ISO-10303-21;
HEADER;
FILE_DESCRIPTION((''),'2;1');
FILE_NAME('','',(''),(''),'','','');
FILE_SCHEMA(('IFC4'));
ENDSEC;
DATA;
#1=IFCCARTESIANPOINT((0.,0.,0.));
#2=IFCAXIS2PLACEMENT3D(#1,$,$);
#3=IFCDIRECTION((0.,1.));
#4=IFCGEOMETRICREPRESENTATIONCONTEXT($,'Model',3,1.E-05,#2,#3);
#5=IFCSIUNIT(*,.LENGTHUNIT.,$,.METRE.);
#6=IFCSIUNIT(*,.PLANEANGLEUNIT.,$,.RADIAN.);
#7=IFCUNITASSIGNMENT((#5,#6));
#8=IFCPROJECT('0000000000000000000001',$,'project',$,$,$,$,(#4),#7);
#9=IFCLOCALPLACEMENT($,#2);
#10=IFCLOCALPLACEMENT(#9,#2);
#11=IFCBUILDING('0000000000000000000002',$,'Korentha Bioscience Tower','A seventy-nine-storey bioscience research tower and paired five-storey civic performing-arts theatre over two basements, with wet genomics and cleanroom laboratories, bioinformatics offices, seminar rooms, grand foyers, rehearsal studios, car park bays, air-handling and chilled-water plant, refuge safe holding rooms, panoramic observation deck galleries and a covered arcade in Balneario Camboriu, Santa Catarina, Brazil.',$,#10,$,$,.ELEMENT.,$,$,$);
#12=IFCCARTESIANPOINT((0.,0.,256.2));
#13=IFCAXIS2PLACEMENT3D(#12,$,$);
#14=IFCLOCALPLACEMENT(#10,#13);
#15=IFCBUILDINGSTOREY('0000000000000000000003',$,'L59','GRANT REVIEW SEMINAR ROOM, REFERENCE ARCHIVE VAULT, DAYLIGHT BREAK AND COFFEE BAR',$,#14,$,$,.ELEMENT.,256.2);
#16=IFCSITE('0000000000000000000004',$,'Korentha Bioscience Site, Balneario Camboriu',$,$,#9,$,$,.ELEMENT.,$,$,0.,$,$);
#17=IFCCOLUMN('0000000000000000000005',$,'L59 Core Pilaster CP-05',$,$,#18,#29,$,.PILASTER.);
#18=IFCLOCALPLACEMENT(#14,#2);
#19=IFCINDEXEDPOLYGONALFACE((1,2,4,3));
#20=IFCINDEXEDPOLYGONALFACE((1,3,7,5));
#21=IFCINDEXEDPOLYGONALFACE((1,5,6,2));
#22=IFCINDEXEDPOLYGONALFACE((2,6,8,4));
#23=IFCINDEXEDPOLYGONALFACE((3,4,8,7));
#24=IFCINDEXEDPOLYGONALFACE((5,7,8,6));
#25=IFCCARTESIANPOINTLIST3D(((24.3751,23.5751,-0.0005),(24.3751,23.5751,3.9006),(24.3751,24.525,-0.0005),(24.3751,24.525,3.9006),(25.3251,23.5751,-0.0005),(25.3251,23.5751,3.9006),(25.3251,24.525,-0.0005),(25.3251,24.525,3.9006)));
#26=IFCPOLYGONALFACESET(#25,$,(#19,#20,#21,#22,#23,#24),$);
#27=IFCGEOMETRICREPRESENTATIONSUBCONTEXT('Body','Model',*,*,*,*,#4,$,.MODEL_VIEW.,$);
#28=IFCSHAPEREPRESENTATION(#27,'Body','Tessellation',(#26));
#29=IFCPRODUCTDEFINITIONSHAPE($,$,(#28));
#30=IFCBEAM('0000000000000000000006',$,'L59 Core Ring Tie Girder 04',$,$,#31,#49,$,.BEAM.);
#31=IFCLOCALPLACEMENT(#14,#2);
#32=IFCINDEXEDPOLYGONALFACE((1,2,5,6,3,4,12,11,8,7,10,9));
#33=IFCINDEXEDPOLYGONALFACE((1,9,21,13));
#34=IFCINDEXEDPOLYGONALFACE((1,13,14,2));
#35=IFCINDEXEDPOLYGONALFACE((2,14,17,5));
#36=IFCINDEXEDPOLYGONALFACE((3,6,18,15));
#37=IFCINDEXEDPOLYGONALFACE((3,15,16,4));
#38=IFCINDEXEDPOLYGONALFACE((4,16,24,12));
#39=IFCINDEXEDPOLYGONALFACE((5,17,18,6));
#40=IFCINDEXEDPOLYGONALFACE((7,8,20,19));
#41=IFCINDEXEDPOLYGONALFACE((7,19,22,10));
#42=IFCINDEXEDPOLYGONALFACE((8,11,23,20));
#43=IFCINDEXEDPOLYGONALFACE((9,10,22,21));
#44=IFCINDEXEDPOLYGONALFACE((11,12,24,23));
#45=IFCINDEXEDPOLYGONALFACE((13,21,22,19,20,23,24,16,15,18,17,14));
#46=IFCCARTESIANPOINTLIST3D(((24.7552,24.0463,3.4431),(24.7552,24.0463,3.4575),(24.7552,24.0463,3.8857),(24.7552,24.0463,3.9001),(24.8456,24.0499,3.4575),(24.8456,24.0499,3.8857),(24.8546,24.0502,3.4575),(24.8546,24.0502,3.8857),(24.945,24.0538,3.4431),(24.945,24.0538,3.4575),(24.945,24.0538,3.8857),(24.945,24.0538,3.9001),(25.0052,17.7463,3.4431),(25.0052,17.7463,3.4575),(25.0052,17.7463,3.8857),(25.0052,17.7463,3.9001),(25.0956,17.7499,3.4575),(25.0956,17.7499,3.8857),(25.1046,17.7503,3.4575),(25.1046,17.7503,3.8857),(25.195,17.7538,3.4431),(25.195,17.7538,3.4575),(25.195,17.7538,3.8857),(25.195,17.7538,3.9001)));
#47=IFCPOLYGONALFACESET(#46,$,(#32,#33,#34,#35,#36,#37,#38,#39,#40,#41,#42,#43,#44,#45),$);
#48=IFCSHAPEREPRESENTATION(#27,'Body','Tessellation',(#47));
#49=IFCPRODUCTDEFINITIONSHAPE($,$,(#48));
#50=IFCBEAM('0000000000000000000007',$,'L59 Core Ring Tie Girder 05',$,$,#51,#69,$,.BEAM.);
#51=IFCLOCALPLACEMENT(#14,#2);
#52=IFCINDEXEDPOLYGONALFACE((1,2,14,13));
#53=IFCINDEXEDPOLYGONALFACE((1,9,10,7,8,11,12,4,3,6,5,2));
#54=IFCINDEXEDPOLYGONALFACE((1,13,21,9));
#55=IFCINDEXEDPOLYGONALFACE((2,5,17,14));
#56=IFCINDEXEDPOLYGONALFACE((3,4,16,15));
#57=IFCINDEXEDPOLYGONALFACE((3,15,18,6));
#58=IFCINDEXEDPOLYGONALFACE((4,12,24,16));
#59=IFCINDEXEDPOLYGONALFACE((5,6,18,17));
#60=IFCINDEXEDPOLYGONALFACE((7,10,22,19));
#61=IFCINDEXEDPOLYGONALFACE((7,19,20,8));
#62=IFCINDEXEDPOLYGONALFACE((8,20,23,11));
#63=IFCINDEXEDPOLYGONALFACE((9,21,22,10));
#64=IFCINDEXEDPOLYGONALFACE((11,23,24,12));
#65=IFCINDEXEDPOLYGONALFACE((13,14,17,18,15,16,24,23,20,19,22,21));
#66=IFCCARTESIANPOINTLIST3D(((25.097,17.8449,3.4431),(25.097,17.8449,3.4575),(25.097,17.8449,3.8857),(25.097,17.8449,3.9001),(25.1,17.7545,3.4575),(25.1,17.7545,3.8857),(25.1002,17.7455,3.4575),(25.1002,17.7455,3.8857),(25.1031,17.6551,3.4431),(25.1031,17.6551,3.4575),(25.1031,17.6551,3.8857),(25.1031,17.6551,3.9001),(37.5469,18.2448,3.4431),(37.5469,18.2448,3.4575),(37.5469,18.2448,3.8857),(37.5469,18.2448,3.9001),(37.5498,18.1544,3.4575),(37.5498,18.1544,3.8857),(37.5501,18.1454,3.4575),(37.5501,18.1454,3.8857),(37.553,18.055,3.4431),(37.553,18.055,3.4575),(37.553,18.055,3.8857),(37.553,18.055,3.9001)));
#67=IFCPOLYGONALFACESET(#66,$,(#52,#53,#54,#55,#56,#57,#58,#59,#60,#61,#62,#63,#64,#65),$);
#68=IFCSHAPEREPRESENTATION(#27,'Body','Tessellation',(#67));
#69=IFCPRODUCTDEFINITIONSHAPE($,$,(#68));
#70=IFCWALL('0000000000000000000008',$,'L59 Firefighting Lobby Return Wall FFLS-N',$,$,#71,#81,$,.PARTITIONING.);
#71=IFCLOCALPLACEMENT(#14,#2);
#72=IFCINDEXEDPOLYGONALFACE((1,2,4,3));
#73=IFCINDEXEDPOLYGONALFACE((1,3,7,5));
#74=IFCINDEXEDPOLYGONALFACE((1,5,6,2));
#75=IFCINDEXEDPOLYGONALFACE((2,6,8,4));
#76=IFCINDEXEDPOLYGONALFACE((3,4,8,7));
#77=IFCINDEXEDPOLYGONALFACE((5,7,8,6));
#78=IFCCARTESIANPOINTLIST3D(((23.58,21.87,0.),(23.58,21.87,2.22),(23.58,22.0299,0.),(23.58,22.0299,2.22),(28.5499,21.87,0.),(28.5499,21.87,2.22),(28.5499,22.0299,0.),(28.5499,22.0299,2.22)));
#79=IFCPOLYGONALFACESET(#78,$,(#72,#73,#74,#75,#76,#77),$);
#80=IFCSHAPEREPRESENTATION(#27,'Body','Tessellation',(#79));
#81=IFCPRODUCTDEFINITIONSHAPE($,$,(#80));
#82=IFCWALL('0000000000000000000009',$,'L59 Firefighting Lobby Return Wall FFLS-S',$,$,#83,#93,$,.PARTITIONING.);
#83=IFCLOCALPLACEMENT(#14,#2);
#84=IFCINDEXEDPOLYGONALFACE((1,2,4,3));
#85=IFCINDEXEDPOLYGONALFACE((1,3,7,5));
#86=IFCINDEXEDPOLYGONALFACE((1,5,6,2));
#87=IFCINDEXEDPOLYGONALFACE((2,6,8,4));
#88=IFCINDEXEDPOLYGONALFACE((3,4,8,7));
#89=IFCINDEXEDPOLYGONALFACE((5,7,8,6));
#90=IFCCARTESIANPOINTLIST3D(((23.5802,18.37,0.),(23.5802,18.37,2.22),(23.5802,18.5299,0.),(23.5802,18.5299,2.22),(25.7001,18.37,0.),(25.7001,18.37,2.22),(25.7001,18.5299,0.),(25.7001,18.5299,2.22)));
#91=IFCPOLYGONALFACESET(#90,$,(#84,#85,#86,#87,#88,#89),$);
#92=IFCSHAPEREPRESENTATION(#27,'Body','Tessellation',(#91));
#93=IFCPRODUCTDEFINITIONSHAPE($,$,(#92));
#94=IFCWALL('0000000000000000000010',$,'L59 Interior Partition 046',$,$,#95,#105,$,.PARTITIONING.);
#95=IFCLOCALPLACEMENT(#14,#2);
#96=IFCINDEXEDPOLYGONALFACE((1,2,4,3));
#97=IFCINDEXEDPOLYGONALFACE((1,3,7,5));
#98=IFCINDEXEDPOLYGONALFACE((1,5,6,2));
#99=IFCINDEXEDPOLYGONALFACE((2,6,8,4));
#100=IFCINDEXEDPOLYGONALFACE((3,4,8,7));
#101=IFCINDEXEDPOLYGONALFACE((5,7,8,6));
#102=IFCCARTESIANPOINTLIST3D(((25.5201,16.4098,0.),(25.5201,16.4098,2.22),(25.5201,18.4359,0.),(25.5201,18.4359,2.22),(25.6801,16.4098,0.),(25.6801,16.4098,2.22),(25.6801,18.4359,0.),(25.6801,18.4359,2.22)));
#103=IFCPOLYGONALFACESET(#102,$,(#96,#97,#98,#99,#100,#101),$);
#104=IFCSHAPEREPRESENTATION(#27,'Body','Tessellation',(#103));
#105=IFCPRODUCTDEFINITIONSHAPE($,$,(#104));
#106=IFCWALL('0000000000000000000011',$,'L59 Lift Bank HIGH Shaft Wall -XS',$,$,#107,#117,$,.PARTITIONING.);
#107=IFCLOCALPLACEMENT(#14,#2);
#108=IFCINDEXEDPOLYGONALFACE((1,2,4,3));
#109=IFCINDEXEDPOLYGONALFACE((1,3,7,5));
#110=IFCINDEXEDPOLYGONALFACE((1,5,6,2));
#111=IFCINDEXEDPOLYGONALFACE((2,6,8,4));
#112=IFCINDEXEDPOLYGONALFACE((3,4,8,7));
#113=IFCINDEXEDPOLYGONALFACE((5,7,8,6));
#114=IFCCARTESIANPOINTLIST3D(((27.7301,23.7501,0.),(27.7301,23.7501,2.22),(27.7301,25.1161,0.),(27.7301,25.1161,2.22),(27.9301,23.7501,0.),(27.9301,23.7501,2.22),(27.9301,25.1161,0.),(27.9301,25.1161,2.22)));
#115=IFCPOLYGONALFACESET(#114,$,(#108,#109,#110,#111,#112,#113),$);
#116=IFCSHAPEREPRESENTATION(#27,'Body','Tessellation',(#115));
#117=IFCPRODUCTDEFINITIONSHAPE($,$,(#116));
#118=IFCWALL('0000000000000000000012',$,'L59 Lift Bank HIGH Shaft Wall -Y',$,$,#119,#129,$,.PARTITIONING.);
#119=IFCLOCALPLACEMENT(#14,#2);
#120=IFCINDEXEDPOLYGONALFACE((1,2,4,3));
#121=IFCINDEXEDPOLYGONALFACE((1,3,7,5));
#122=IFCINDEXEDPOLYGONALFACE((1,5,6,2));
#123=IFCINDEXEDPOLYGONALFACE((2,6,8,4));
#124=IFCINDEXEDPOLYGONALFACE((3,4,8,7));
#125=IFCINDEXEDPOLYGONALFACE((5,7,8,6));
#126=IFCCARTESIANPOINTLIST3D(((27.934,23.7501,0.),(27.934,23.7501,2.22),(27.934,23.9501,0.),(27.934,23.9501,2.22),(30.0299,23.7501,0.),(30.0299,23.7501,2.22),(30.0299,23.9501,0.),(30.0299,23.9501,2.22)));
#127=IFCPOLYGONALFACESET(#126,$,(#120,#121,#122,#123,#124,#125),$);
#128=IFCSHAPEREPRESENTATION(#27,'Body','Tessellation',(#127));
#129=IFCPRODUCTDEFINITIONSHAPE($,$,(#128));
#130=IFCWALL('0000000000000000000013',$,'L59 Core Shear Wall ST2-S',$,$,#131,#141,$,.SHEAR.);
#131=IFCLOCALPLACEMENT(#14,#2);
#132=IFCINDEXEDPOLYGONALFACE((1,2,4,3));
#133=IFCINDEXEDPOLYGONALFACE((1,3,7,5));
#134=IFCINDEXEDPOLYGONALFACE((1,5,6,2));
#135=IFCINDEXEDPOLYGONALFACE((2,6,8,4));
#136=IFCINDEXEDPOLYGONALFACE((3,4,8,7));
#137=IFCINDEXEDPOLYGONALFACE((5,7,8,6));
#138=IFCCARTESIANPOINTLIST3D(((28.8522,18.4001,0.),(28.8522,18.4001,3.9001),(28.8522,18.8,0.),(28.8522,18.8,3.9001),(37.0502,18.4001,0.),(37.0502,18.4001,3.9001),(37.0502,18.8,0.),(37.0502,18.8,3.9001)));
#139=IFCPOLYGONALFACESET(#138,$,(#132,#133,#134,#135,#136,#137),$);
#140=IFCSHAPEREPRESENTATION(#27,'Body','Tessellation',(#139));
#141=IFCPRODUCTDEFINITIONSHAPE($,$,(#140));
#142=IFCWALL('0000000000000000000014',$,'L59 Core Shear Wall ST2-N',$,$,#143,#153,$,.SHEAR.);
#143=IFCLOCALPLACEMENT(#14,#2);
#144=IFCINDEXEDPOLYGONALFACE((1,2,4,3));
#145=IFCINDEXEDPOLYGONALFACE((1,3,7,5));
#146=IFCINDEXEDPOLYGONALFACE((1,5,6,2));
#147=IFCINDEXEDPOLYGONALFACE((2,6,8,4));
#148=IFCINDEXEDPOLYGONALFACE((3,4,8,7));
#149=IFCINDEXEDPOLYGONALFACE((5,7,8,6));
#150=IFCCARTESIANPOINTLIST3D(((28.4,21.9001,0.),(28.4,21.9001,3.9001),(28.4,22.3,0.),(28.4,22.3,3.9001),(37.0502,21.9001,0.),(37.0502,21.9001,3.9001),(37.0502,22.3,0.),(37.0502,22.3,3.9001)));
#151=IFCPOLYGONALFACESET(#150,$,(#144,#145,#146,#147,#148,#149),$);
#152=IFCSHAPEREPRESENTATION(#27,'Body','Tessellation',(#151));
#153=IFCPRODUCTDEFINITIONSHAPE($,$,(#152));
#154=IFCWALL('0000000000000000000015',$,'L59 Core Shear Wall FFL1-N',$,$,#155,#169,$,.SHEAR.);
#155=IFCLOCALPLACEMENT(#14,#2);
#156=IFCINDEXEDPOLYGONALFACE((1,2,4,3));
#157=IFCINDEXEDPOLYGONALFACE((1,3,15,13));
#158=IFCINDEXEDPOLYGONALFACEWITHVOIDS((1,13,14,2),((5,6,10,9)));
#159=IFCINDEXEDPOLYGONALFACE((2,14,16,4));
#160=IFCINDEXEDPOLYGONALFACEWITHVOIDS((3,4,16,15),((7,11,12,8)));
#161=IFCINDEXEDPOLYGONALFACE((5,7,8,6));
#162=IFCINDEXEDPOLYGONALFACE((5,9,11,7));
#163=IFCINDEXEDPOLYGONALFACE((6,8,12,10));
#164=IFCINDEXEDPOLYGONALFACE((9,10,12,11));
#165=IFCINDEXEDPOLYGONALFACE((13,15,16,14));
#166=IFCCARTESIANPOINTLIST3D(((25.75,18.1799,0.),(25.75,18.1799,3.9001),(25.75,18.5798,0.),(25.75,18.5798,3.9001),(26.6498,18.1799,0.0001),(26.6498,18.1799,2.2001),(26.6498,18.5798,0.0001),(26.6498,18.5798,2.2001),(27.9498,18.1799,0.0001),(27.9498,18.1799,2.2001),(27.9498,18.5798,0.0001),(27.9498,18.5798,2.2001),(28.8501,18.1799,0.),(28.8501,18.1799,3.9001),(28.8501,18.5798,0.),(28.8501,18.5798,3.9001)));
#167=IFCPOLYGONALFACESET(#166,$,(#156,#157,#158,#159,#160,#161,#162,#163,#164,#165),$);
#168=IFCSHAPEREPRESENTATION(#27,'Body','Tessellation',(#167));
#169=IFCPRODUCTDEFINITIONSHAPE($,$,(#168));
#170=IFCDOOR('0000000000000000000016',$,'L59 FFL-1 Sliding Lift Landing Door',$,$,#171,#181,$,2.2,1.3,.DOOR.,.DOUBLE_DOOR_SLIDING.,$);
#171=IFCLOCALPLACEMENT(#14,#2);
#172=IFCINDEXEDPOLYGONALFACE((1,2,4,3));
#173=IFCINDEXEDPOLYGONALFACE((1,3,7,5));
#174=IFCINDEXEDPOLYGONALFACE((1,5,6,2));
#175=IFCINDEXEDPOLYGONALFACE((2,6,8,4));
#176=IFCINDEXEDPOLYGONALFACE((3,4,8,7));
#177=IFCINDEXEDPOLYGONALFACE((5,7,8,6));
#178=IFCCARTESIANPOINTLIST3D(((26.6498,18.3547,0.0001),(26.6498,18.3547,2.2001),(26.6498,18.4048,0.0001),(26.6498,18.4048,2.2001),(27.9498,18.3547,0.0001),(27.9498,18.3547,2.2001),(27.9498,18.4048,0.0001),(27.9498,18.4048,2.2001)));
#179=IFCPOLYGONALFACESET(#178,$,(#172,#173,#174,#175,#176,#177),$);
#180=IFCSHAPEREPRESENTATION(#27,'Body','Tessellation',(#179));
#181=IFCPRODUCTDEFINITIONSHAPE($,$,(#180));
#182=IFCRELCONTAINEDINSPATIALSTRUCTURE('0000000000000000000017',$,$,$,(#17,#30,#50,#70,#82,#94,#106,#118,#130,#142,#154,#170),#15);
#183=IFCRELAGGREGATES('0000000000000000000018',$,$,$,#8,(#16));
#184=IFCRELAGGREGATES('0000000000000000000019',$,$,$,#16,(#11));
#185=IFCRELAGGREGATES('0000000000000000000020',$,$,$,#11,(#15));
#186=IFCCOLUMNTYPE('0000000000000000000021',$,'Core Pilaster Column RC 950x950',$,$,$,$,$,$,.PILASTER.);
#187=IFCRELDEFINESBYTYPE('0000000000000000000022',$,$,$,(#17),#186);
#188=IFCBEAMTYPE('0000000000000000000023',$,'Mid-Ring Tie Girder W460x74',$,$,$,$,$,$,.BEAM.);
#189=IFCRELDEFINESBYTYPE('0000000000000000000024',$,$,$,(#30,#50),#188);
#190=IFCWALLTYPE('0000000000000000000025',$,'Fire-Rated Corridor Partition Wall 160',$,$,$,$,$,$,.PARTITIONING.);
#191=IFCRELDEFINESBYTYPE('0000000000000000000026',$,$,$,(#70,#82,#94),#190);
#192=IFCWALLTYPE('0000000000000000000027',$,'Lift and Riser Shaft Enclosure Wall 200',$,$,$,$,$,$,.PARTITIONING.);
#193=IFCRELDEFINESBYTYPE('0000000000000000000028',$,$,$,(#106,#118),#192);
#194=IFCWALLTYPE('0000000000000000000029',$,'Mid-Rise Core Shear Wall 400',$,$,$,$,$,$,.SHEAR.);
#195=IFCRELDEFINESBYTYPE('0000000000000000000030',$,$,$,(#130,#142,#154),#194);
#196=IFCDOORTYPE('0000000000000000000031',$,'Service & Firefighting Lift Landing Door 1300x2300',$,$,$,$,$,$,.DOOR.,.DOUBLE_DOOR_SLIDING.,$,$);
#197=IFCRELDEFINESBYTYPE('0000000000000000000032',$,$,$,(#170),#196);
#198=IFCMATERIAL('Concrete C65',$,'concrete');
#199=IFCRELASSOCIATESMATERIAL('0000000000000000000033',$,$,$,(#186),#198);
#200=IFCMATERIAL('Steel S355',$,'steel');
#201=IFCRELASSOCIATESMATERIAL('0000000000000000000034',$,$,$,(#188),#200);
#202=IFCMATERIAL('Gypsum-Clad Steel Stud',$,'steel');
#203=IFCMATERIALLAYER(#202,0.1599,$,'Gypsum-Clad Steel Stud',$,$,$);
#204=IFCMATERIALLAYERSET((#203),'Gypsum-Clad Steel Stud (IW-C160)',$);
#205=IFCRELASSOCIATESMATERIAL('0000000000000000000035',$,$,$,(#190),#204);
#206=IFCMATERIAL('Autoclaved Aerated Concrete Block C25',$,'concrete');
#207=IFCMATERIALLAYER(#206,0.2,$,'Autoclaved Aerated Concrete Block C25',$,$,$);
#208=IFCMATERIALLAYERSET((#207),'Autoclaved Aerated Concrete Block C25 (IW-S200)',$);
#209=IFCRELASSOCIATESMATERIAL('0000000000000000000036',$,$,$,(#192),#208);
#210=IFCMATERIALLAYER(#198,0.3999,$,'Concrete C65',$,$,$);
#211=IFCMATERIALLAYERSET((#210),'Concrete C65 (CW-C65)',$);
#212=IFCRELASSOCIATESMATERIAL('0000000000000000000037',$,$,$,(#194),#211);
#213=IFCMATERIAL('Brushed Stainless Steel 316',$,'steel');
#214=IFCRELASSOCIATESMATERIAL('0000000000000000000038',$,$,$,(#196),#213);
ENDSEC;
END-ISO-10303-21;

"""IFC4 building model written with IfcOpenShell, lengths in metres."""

from ifc_helpers import new_model, si_unit, direction, frame, frame_2d, origin, origin_2d, place, context, subcontext, project, spatial, rectangle, i_section, extrude, material, layer, layer_set, material_profile, profile_set, type_object, element, fill, save


model = new_model("IFC4")

# Units and contexts
model_context = context("Model", 3, precision=1e-05, world=origin(), true_north=direction((0.0, 1.0)))
body_context = subcontext(model_context, "Body", "Model", "MODEL_VIEW")
ifc_project = project(units=[si_unit("LENGTHUNIT", "METRE"), si_unit("PLANEANGLEUNIT", "RADIAN")], contexts=[model_context])

# Site, building, storey
site_placement = place(None, origin())
site = spatial("IfcSite", under=ifc_project, at=site_placement, Name="Korentha Bioscience Site, Balneario Camboriu", CompositionType="ELEMENT", RefElevation=0.0)
building_placement = place(site_placement, origin())
building = spatial("IfcBuilding", under=site, at=building_placement, Name="Korentha Bioscience Tower", Description="A seventy-nine-storey bioscience research tower and paired five-storey civic performing-arts theatre over two basements, with wet genomics and cleanroom laboratories, bioinformatics offices, seminar rooms, grand foyers, rehearsal studios, car park bays, air-handling and chilled-water plant, refuge safe holding rooms, panoramic observation deck galleries and a covered arcade in Balneario Camboriu, Santa Catarina, Brazil.", CompositionType="ELEMENT")
storey_placement = place(building_placement, frame((0.0, 0.0, 256.2)))
storey = spatial("IfcBuildingStorey", under=building, at=storey_placement, Name="L59", Description="GRANT REVIEW SEMINAR ROOM, REFERENCE ARCHIVE VAULT, DAYLIGHT BREAK AND COFFEE BAR", CompositionType="ELEMENT", Elevation=256.2)

# Column
ifc_material_1 = material(Name="Concrete C65", Category="concrete")
ifc_material_profile_1 = material_profile(ifc_material_1, rectangle(XDim=0.95, YDim=0.95, at=origin_2d()), Name="Concrete C65")
ifc_profile_set_1 = profile_set([ifc_material_profile_1], Name="Concrete C65 (COL-CP09)")
column_type = type_object("IfcColumnType", Name="Core Pilaster Column RC 950x950", PredefinedType="PILASTER", material=ifc_profile_set_1)
column_placement = place(storey_placement, frame((24.8501, 24.05, -0.0005), z_axis=(0.0, 0.0, 1.0), x_axis=(1.0, 0.0, 0.0)))
element("IfcColumn", 1, at=column_placement, inside=storey, type_object=column_type, Name="L59 Core Pilaster CP-05", PredefinedType="PILASTER", context=body_context, shape_type="SweptSolid", body=[
    extrude(rectangle(XDim=0.95, YDim=0.95, at=origin_2d()), origin(), (0.0, 0.0, 1.0), 3.9011),
])

# Beams
ifc_material_2 = material(Name="Steel S355", Category="steel")
ifc_material_profile_2 = material_profile(ifc_material_2, i_section(OverallWidth=0.1899, OverallDepth=0.457, WebThickness=0.009, FlangeThickness=0.0144, at=origin_2d()), Name="Steel S355")
ifc_profile_set_2 = profile_set([ifc_material_profile_2], Name="Steel S355 (MB-460)")
beam_type = type_object("IfcBeamType", Name="Mid-Ring Tie Girder W460x74", PredefinedType="BEAM", material=ifc_profile_set_2)
beam_1_placement = place(storey_placement, frame((24.8501, 24.05, 3.6716), z_axis=(0.039651, -0.999214, 0.0), x_axis=(0.999214, 0.039651, 0.0)))
element("IfcBeam", 2, at=beam_1_placement, inside=storey, type_object=beam_type, Name="L59 Core Ring Tie Girder 04", PredefinedType="BEAM", context=body_context, shape_type="SweptSolid", body=[
    extrude(i_section(OverallWidth=0.1899, OverallDepth=0.457, WebThickness=0.009, FlangeThickness=0.0144, at=origin_2d()), origin(), (0.0, 0.0, 1.0), 6.3049),
])
beam_2_placement = place(storey_placement, frame((25.1001, 17.75, 3.6716), z_axis=(0.999485, 0.032104, 0.0), x_axis=(-0.032104, 0.999485, 0.0)))
element("IfcBeam", 3, at=beam_2_placement, inside=storey, type_object=beam_type, Name="L59 Core Ring Tie Girder 05", PredefinedType="BEAM", context=body_context, shape_type="SweptSolid", body=[
    extrude(i_section(OverallWidth=0.1899, OverallDepth=0.457, WebThickness=0.009, FlangeThickness=0.0144, at=origin_2d()), origin(), (0.0, 0.0, 1.0), 12.4563),
])

# Walls
ifc_material_3 = material(Name="Gypsum-Clad Steel Stud", Category="steel")
ifc_layer_1 = layer(ifc_material_3, 0.1599, Name="Gypsum-Clad Steel Stud")
ifc_layer_set_1 = layer_set([ifc_layer_1], Name="Gypsum-Clad Steel Stud (IW-C160)")
wall_type_1 = type_object("IfcWallType", Name="Fire-Rated Corridor Partition Wall 160", PredefinedType="PARTITIONING", material=ifc_layer_set_1)
wall_1_placement = place(storey_placement, frame((23.5801, 21.95, 0.0), z_axis=(0.0, 0.0, 1.0), x_axis=(1.0, 0.0, 0.0)))
element("IfcWall", 4, at=wall_1_placement, inside=storey, type_object=wall_type_1, Name="L59 Firefighting Lobby Return Wall FFLS-N", PredefinedType="PARTITIONING", context=body_context, shape_type="SweptSolid", body=[
    extrude(rectangle(XDim=4.97, YDim=0.1599, at=frame_2d((2.4849, 0.0))), origin(), (0.0, 0.0, 1.0), 2.22),
])
wall_2_placement = place(storey_placement, frame((23.5801, 18.45, 0.0), z_axis=(0.0, 0.0, 1.0), x_axis=(1.0, 0.0, 0.0)))
element("IfcWall", 5, at=wall_2_placement, inside=storey, type_object=wall_type_1, Name="L59 Firefighting Lobby Return Wall FFLS-S", PredefinedType="PARTITIONING", context=body_context, shape_type="SweptSolid", body=[
    extrude(rectangle(XDim=2.1199, YDim=0.1599, at=frame_2d((1.0601, 0.0))), origin(), (0.0, 0.0, 1.0), 2.22),
])
wall_3_placement = place(storey_placement, frame((25.6001, 18.436, 0.0), z_axis=(0.0, 0.0, 1.0), x_axis=(0.0, -1.0, 0.0)))
element("IfcWall", 6, at=wall_3_placement, inside=storey, type_object=wall_type_1, Name="L59 Interior Partition 046", PredefinedType="PARTITIONING", context=body_context, shape_type="SweptSolid", body=[
    extrude(rectangle(XDim=2.0261, YDim=0.1599, at=frame_2d((1.0132, 0.0))), origin(), (0.0, 0.0, 1.0), 2.22),
])
ifc_material_4 = material(Name="Autoclaved Aerated Concrete Block C25", Category="concrete")
ifc_layer_2 = layer(ifc_material_4, 0.2, Name="Autoclaved Aerated Concrete Block C25")
ifc_layer_set_2 = layer_set([ifc_layer_2], Name="Autoclaved Aerated Concrete Block C25 (IW-S200)")
wall_type_2 = type_object("IfcWallType", Name="Lift and Riser Shaft Enclosure Wall 200", PredefinedType="PARTITIONING", material=ifc_layer_set_2)
wall_4_placement = place(storey_placement, frame((27.8301, 23.75, 0.0), z_axis=(0.0, 0.0, 1.0), x_axis=(0.0, 1.0, 0.0)))
element("IfcWall", 7, at=wall_4_placement, inside=storey, type_object=wall_type_2, Name="L59 Lift Bank HIGH Shaft Wall -XS", PredefinedType="PARTITIONING", context=body_context, shape_type="SweptSolid", body=[
    extrude(rectangle(XDim=1.366, YDim=0.2, at=frame_2d((0.6831, 0.0))), origin(), (0.0, 0.0, 1.0), 2.22),
])
wall_5_placement = place(storey_placement, frame((27.9341, 23.8501, 0.0), z_axis=(0.0, 0.0, 1.0), x_axis=(1.0, 0.0, 0.0)))
element("IfcWall", 8, at=wall_5_placement, inside=storey, type_object=wall_type_2, Name="L59 Lift Bank HIGH Shaft Wall -Y", PredefinedType="PARTITIONING", context=body_context, shape_type="SweptSolid", body=[
    extrude(rectangle(XDim=2.0959, YDim=0.2, at=frame_2d((1.0479, 0.0))), origin(), (0.0, 0.0, 1.0), 2.22),
])
ifc_layer_3 = layer(ifc_material_1, 0.3999, Name="Concrete C65")
ifc_layer_set_3 = layer_set([ifc_layer_3], Name="Concrete C65 (CW-C65)")
wall_type_3 = type_object("IfcWallType", Name="Mid-Rise Core Shear Wall 400", PredefinedType="SHEAR", material=ifc_layer_set_3)
wall_6_placement = place(storey_placement, frame((28.8521, 18.6001, 0.0), z_axis=(0.0, 0.0, 1.0), x_axis=(1.0, 0.0, 0.0)))
element("IfcWall", 9, at=wall_6_placement, inside=storey, type_object=wall_type_3, Name="L59 Core Shear Wall ST2-S", PredefinedType="SHEAR", context=body_context, shape_type="SweptSolid", body=[
    extrude(rectangle(XDim=8.198, YDim=0.3999, at=frame_2d((4.0991, 0.0))), origin(), (0.0, 0.0, 1.0), 3.9001),
])
wall_7_placement = place(storey_placement, frame((28.3999, 22.1001, 0.0), z_axis=(0.0, 0.0, 1.0), x_axis=(1.0, 0.0, 0.0)))
element("IfcWall", 10, at=wall_7_placement, inside=storey, type_object=wall_type_3, Name="L59 Core Shear Wall ST2-N", PredefinedType="SHEAR", context=body_context, shape_type="SweptSolid", body=[
    extrude(rectangle(XDim=8.6501, YDim=0.3999, at=frame_2d((4.3252, 0.0))), origin(), (0.0, 0.0, 1.0), 3.9001),
])

# Wall, opening, door
wall_8_placement = place(storey_placement, frame((25.75, 18.3799, 0.0), z_axis=(0.0, 0.0, 1.0), x_axis=(1.0, 0.0, 0.0)))
wall_8 = element("IfcWall", 11, at=wall_8_placement, inside=storey, type_object=wall_type_3, Name="L59 Core Shear Wall FFL1-N", PredefinedType="SHEAR", context=body_context, shape_type="SweptSolid", body=[
    extrude(rectangle(XDim=3.1001, YDim=0.3999, at=frame_2d((1.55, 0.0))), origin(), (0.0, 0.0, 1.0), 3.9001),
])
opening_1_placement = place(wall_8_placement, frame((0.8999, 0.0, 0.0)))
opening_1 = element("IfcOpeningElement", 12, at=opening_1_placement, cuts=wall_8, PredefinedType="OPENING", context=body_context, shape_type="SweptSolid", body=[
    extrude(rectangle(XDim=1.3, YDim=2.2, at=frame_2d((0.6499, 1.1001))), frame((0.0, 0.2148, 0.0), z_axis=(0.0, -1.0, 0.0), x_axis=(1.0, 0.0, 0.0)), (0.0, 0.0, 1.0), 0.4297),
])
ifc_material_5 = material(Name="Brushed Stainless Steel 316", Category="steel")
door_type_1 = type_object("IfcDoorType", Name="Service & Firefighting Lift Landing Door 1300x2300", OperationType="DOUBLE_DOOR_SLIDING", PredefinedType="DOOR", material=ifc_material_5)
door_1_placement = place(opening_1_placement, origin())
door_1 = element("IfcDoor", 13, at=door_1_placement, inside=storey, type_object=door_type_1, Name="L59 FFL-1 Sliding Lift Landing Door", OperationType="DOUBLE_DOOR_SLIDING", OverallHeight=2.2, OverallWidth=1.3, PredefinedType="DOOR", context=body_context, shape_type="SweptSolid", body=[
    extrude(rectangle(XDim=1.3, YDim=2.2, at=frame_2d((0.6499, 1.1001))), frame((0.0, 0.0249, 0.0), z_axis=(0.0, -1.0, 0.0), x_axis=(1.0, 0.0, 0.0)), (0.0, 0.0, 1.0), 0.05),
])
fill(opening_1, door_1)

save(model, "model.ifc")
